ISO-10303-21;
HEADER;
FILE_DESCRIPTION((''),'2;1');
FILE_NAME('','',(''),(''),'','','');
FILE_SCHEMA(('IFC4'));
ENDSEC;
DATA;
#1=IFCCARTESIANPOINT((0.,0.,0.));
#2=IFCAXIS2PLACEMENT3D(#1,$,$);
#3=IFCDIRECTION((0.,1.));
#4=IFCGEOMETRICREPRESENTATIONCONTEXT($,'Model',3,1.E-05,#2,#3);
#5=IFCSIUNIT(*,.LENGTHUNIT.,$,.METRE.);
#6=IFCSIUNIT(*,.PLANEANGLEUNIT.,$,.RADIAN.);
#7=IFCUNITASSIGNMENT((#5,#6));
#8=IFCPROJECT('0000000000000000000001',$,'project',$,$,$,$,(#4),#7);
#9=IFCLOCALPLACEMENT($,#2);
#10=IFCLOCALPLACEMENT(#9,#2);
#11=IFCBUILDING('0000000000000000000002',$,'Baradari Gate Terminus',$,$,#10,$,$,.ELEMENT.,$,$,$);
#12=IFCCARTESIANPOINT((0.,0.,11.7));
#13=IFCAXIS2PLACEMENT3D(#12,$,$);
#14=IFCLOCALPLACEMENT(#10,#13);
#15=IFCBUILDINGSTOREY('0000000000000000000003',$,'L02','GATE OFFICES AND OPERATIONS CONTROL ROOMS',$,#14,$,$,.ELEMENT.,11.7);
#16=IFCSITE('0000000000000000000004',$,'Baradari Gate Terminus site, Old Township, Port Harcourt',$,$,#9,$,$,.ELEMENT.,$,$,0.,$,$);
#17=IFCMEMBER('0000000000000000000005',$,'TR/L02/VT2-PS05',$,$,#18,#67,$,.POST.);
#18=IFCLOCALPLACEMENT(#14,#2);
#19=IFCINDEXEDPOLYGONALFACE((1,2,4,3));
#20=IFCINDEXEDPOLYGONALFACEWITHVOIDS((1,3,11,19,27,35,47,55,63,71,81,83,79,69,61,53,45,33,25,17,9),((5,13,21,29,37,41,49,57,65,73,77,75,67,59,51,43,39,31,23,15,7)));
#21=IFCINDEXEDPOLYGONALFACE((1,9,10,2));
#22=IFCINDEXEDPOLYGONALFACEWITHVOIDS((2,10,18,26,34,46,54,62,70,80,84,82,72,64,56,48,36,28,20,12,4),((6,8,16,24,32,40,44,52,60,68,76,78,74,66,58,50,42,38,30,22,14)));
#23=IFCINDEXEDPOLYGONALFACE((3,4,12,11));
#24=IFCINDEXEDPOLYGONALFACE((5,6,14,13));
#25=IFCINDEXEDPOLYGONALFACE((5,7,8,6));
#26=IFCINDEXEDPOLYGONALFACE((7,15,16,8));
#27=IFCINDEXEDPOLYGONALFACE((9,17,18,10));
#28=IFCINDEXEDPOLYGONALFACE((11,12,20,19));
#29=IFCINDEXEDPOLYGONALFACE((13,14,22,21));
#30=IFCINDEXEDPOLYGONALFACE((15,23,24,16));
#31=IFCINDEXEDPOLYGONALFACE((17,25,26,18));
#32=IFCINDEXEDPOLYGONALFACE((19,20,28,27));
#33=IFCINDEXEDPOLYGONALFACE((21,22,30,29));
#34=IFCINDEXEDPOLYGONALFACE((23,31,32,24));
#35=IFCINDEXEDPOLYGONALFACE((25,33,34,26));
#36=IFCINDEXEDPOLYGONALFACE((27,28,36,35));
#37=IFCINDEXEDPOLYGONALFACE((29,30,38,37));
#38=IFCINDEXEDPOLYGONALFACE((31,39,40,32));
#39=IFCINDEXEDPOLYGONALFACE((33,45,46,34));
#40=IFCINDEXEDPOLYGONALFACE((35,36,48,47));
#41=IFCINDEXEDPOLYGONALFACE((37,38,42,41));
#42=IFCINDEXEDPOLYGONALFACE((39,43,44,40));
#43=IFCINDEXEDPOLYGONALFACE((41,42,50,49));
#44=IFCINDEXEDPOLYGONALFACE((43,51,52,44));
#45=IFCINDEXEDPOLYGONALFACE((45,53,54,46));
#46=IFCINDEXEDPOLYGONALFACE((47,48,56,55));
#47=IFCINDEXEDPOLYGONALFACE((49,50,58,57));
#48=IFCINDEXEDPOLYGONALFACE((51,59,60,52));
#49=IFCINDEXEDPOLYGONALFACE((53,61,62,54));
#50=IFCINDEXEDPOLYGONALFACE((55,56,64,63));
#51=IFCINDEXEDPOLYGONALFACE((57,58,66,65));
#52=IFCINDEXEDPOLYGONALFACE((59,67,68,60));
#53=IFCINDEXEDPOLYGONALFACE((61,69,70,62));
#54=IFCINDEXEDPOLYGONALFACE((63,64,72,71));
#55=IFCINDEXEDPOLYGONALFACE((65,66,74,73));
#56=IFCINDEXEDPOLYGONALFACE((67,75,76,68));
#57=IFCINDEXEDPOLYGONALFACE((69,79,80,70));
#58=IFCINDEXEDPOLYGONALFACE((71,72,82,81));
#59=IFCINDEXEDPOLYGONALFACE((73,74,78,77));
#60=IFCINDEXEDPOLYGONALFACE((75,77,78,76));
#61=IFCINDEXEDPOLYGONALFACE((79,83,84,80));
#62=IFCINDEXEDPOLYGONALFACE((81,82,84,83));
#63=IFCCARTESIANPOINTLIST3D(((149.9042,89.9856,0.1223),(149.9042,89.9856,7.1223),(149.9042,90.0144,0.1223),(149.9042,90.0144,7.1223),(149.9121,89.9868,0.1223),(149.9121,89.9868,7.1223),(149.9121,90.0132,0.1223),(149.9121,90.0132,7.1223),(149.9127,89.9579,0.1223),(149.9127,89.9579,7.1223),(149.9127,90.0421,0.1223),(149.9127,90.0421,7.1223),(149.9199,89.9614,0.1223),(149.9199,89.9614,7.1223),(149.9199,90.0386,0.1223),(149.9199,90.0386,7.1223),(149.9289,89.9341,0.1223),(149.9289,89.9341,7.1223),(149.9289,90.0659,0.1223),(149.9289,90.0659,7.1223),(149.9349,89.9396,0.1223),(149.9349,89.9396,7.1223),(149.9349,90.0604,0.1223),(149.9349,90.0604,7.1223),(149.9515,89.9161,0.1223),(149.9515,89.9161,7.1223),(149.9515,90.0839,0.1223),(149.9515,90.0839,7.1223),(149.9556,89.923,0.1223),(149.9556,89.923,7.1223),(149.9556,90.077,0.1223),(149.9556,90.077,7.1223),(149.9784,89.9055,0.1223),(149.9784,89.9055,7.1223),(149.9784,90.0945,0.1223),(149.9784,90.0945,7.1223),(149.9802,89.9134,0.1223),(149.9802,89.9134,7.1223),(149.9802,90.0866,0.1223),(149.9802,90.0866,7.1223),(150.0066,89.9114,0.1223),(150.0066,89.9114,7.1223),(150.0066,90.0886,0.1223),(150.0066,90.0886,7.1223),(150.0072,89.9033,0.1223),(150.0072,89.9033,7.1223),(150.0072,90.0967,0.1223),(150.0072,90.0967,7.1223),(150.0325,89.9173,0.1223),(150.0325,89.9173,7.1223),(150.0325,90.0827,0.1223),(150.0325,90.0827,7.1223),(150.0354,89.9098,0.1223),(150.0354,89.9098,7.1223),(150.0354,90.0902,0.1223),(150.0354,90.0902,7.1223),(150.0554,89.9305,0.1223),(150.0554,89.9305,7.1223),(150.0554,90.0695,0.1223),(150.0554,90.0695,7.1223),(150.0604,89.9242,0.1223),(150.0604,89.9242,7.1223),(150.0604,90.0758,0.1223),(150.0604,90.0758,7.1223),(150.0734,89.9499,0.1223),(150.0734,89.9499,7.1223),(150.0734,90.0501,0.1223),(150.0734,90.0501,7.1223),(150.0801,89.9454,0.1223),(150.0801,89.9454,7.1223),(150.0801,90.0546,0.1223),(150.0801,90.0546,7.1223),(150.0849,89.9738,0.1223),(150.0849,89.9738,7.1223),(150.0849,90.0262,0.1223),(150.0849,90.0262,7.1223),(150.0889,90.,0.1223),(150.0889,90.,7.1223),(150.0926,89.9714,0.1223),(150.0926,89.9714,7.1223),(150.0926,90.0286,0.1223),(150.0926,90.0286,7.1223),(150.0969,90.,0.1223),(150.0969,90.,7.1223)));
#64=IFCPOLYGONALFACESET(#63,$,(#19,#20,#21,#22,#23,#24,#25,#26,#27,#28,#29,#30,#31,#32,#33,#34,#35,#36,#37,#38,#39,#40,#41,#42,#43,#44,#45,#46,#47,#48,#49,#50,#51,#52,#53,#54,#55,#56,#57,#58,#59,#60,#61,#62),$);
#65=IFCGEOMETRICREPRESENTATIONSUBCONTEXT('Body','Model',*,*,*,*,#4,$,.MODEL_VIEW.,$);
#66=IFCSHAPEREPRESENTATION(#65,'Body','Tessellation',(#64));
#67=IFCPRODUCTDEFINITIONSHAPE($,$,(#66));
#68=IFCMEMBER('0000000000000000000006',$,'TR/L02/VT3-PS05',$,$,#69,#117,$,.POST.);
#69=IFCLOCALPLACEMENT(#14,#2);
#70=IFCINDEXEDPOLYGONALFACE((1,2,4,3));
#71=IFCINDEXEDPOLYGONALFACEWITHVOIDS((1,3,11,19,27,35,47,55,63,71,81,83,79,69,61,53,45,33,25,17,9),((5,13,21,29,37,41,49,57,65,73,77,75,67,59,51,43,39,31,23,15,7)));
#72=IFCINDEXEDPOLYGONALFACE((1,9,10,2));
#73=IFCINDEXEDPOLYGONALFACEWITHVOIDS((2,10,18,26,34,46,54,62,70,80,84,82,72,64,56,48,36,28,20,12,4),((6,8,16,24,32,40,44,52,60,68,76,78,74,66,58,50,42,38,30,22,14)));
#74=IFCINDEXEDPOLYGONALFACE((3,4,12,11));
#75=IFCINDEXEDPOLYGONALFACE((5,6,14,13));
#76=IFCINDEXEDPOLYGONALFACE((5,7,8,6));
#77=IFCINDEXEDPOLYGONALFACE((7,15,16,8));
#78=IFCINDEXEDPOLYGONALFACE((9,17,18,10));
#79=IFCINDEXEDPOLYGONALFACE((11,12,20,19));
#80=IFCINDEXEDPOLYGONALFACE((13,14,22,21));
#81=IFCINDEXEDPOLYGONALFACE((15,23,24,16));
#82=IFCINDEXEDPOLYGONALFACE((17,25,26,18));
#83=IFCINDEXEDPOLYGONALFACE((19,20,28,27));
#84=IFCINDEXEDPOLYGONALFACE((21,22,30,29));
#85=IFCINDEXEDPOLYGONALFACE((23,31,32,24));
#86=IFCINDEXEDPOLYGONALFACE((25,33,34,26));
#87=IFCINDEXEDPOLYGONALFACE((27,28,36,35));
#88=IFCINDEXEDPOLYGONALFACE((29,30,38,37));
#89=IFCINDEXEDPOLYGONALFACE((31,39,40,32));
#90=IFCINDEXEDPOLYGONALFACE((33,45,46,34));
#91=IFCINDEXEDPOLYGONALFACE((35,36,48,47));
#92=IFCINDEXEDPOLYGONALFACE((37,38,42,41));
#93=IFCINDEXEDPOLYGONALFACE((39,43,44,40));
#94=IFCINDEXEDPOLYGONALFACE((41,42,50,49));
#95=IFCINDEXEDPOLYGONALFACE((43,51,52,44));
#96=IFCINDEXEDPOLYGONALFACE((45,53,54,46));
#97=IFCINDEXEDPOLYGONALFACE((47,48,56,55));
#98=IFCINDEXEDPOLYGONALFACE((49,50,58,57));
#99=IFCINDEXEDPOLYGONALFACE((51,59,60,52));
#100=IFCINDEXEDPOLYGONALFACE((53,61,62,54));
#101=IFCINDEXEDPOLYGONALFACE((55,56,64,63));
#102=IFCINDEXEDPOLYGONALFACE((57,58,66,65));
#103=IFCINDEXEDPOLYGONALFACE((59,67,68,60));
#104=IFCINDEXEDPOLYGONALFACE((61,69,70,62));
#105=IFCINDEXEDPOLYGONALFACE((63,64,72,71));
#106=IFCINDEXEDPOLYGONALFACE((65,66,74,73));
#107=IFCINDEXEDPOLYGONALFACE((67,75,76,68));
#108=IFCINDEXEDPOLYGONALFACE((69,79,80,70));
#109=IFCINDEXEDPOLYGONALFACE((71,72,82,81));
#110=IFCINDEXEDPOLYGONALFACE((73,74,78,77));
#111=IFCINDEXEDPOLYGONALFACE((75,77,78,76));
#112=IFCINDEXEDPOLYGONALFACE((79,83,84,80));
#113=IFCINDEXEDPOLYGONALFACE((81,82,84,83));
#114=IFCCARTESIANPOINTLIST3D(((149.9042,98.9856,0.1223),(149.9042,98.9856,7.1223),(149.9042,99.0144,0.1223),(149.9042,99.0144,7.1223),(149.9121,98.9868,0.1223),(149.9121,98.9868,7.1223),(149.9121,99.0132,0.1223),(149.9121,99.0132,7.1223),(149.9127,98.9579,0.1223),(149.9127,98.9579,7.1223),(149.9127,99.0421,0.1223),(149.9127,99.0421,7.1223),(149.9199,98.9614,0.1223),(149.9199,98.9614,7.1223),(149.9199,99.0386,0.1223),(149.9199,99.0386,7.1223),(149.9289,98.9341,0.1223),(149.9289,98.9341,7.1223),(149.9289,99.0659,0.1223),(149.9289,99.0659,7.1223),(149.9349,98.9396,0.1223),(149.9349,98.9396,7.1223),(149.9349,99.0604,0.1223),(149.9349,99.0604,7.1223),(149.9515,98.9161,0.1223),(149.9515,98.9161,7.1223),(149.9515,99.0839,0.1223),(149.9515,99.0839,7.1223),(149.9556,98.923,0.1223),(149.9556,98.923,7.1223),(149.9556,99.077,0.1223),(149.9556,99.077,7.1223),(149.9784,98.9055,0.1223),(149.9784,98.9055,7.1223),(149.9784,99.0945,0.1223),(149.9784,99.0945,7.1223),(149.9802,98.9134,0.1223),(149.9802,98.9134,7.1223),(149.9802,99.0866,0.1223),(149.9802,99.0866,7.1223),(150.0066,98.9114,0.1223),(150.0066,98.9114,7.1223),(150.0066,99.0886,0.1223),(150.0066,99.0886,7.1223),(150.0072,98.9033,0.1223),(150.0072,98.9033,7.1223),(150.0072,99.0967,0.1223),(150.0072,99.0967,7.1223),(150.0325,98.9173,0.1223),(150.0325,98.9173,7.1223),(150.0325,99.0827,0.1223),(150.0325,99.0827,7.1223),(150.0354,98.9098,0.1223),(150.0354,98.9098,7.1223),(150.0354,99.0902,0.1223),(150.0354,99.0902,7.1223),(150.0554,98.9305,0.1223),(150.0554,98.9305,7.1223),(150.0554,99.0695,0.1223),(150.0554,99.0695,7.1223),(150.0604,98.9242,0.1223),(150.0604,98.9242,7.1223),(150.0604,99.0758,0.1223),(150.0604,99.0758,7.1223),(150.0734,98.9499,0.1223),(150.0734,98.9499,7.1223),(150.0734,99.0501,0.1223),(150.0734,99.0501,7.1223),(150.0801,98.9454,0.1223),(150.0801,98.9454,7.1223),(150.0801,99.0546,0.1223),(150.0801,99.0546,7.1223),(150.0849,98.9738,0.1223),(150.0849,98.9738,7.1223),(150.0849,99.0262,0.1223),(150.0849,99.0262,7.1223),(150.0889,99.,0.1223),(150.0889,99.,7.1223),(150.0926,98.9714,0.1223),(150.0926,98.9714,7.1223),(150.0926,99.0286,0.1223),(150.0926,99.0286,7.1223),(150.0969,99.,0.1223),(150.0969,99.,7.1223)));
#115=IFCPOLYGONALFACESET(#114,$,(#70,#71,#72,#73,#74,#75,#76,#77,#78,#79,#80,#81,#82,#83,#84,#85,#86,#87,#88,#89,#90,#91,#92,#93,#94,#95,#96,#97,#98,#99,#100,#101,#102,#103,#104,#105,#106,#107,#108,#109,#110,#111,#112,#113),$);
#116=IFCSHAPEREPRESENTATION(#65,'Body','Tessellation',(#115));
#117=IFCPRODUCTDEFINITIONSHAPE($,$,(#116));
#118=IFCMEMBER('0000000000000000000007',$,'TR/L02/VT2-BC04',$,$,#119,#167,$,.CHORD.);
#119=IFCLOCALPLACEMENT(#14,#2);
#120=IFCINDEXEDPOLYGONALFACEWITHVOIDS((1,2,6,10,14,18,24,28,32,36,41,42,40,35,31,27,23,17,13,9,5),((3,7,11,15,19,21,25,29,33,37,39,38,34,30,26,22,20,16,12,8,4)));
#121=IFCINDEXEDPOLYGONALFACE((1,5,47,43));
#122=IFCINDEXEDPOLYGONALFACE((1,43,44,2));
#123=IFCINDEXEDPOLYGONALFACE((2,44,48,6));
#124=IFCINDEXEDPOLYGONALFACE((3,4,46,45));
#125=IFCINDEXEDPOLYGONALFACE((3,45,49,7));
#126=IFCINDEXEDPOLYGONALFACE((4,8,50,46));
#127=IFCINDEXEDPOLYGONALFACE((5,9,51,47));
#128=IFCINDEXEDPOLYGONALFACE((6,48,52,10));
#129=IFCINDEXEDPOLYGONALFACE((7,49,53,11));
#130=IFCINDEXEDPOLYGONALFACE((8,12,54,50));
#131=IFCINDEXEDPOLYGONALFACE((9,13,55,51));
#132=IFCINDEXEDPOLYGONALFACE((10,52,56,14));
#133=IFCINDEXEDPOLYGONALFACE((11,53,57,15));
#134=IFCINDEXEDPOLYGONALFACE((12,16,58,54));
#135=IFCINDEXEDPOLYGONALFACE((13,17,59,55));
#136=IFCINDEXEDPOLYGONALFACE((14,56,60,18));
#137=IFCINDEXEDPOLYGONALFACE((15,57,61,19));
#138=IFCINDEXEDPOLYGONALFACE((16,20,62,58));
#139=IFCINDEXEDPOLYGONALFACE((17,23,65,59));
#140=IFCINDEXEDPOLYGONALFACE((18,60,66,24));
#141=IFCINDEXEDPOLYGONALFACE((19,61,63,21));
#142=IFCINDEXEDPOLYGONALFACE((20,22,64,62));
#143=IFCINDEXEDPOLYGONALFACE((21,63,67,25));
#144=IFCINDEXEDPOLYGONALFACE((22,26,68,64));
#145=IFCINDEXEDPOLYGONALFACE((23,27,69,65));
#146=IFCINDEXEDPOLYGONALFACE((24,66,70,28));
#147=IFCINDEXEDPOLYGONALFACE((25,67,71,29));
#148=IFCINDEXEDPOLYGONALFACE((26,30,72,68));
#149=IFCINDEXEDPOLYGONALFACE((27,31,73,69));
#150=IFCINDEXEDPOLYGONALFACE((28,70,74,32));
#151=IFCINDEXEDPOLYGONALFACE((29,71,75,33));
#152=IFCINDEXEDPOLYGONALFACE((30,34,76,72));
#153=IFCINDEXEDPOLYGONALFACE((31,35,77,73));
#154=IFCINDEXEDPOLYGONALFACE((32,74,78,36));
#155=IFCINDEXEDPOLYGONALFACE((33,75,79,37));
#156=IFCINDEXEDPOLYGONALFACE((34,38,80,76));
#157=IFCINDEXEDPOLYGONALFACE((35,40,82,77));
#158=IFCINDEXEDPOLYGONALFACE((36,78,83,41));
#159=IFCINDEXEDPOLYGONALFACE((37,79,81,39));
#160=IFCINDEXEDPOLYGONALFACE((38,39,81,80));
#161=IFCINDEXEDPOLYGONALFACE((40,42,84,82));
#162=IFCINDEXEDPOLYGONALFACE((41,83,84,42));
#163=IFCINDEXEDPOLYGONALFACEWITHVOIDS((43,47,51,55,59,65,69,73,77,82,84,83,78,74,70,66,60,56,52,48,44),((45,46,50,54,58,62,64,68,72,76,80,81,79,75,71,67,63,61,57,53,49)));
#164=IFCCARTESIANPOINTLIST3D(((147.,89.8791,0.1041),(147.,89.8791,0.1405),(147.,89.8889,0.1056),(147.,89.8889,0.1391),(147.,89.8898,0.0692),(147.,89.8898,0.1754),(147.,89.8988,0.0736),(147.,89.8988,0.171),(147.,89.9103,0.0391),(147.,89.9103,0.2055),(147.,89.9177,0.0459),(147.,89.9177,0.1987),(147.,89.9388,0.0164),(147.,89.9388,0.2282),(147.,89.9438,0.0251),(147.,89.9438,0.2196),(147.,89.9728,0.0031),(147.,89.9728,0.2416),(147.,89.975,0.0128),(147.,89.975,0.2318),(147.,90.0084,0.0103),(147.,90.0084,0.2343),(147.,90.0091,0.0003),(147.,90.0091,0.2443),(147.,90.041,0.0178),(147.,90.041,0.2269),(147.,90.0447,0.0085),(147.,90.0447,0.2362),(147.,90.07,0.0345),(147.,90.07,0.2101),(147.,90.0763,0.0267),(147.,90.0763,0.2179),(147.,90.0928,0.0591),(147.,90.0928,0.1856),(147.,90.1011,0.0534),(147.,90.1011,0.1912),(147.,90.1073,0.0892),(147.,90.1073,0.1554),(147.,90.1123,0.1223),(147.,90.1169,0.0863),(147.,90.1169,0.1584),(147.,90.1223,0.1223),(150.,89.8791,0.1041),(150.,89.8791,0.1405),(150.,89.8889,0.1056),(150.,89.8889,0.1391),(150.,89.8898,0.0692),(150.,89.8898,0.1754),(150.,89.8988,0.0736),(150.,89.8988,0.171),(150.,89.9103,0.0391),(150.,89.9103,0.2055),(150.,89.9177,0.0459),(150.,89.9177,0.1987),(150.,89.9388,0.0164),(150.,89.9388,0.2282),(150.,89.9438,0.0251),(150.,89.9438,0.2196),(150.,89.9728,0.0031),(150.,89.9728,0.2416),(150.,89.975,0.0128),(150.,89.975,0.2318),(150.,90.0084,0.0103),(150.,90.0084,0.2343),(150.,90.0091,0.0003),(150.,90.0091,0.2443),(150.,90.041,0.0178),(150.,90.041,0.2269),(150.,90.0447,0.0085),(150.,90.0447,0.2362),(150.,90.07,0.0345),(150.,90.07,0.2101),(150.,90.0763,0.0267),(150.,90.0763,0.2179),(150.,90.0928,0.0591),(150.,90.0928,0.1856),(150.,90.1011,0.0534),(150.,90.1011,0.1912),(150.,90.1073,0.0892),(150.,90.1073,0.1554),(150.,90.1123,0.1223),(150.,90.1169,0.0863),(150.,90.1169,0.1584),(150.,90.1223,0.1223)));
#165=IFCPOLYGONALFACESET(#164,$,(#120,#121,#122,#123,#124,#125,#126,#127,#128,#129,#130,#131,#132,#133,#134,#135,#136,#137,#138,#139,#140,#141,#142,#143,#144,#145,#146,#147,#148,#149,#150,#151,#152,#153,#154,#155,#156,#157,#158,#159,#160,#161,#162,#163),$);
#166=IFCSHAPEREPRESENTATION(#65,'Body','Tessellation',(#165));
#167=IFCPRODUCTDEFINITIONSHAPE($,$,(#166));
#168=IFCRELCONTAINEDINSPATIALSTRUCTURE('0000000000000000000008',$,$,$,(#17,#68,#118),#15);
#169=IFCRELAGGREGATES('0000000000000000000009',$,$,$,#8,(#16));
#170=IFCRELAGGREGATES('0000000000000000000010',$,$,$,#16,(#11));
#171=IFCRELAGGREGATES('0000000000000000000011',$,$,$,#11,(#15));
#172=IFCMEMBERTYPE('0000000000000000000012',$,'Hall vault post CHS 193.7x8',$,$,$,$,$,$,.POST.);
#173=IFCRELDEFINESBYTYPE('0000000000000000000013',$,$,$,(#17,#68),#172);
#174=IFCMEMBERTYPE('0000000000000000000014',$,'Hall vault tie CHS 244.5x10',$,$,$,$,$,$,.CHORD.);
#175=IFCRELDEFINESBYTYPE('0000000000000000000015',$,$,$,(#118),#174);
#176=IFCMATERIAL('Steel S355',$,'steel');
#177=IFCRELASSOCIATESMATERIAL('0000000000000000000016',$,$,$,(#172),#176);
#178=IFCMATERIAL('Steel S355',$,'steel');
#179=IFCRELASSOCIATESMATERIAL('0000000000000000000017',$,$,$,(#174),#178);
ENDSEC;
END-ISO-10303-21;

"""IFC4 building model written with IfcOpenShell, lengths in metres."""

from ifc_helpers import new_model, si_unit, direction, frame, origin, origin_2d, place, context, subcontext, project, spatial, hollow_circle, extrude, material, material_profile, profile_set, type_object, element, save


model = new_model("IFC4")

# Units and contexts
model_context = context("Model", 3, precision=1e-05, world=origin(), true_north=direction((0.0, 1.0)))
body_context = subcontext(model_context, "Body", "Model", "MODEL_VIEW")
ifc_project = project(units=[si_unit("LENGTHUNIT", "METRE"), si_unit("PLANEANGLEUNIT", "RADIAN")], contexts=[model_context])

# Site, building, storey
site_placement = place(None, origin())
site = spatial("IfcSite", under=ifc_project, at=site_placement, Name="Baradari Gate Terminus site, Old Township, Port Harcourt", CompositionType="ELEMENT", RefElevation=0.0)
building_placement = place(site_placement, origin())
building = spatial("IfcBuilding", under=site, at=building_placement, Name="Baradari Gate Terminus", CompositionType="ELEMENT")
storey_placement = place(building_placement, frame((0.0, 0.0, 11.7)))
storey = spatial("IfcBuildingStorey", under=building, at=storey_placement, Name="L02", Description="GATE OFFICES AND OPERATIONS CONTROL ROOMS", CompositionType="ELEMENT", Elevation=11.7)

# Members
ifc_material_1 = material(Name="Steel S355", Category="steel")
ifc_material_profile_1 = material_profile(ifc_material_1, hollow_circle(Radius=0.0969, WallThickness=0.0081, at=origin_2d()), Name="CHS 193.7x8")
ifc_profile_set_1 = profile_set([ifc_material_profile_1], Name="Steel S355")
member_type_1 = type_object("IfcMemberType", Name="Hall vault post CHS 193.7x8", PredefinedType="POST", material=ifc_profile_set_1)
for number, where, z_axis, x_axis, name in (
    (1, (150.0, 90.0, 0.1223), (0.0, 0.0, 1.0), (1.0, 0.0, 0.0), "TR/L02/VT2-PS05"),
    (2, (150.0, 99.0, 0.1223), (0.0, 0.0, 1.0), (1.0, 0.0, 0.0), "TR/L02/VT3-PS05"),
):
    element("IfcMember", number, at=place(storey_placement, frame(where, z_axis=z_axis, x_axis=x_axis)), inside=storey, type_object=member_type_1, Name=name, PredefinedType="POST", context=body_context, shape_type="SweptSolid", body=[
        extrude(hollow_circle(Radius=0.0969, WallThickness=0.0081, at=origin_2d()), origin(), (0.0, 0.0, 1.0), 7.0),
    ])
ifc_material_2 = material(Name="Steel S355", Category="steel")
ifc_material_profile_2 = material_profile(ifc_material_2, hollow_circle(Radius=0.1223, WallThickness=0.01, at=origin_2d()), Name="CHS 244.5x10")
ifc_profile_set_2 = profile_set([ifc_material_profile_2], Name="Steel S355")
member_type_2 = type_object("IfcMemberType", Name="Hall vault tie CHS 244.5x10", PredefinedType="CHORD", material=ifc_profile_set_2)
for number, where, z_axis, x_axis, name in (
    (3, (147.0, 90.0, 0.1223), (1.0, 0.0, 0.0), (0.0, 1.0, 0.0), "TR/L02/VT2-BC04"),
):
    element("IfcMember", number, at=place(storey_placement, frame(where, z_axis=z_axis, x_axis=x_axis)), inside=storey, type_object=member_type_2, Name=name, PredefinedType="CHORD", context=body_context, shape_type="SweptSolid", body=[
        extrude(hollow_circle(Radius=0.1223, WallThickness=0.01, at=origin_2d()), origin(), (0.0, 0.0, 1.0), 3.0),
    ])

save(model, "model.ifc")
